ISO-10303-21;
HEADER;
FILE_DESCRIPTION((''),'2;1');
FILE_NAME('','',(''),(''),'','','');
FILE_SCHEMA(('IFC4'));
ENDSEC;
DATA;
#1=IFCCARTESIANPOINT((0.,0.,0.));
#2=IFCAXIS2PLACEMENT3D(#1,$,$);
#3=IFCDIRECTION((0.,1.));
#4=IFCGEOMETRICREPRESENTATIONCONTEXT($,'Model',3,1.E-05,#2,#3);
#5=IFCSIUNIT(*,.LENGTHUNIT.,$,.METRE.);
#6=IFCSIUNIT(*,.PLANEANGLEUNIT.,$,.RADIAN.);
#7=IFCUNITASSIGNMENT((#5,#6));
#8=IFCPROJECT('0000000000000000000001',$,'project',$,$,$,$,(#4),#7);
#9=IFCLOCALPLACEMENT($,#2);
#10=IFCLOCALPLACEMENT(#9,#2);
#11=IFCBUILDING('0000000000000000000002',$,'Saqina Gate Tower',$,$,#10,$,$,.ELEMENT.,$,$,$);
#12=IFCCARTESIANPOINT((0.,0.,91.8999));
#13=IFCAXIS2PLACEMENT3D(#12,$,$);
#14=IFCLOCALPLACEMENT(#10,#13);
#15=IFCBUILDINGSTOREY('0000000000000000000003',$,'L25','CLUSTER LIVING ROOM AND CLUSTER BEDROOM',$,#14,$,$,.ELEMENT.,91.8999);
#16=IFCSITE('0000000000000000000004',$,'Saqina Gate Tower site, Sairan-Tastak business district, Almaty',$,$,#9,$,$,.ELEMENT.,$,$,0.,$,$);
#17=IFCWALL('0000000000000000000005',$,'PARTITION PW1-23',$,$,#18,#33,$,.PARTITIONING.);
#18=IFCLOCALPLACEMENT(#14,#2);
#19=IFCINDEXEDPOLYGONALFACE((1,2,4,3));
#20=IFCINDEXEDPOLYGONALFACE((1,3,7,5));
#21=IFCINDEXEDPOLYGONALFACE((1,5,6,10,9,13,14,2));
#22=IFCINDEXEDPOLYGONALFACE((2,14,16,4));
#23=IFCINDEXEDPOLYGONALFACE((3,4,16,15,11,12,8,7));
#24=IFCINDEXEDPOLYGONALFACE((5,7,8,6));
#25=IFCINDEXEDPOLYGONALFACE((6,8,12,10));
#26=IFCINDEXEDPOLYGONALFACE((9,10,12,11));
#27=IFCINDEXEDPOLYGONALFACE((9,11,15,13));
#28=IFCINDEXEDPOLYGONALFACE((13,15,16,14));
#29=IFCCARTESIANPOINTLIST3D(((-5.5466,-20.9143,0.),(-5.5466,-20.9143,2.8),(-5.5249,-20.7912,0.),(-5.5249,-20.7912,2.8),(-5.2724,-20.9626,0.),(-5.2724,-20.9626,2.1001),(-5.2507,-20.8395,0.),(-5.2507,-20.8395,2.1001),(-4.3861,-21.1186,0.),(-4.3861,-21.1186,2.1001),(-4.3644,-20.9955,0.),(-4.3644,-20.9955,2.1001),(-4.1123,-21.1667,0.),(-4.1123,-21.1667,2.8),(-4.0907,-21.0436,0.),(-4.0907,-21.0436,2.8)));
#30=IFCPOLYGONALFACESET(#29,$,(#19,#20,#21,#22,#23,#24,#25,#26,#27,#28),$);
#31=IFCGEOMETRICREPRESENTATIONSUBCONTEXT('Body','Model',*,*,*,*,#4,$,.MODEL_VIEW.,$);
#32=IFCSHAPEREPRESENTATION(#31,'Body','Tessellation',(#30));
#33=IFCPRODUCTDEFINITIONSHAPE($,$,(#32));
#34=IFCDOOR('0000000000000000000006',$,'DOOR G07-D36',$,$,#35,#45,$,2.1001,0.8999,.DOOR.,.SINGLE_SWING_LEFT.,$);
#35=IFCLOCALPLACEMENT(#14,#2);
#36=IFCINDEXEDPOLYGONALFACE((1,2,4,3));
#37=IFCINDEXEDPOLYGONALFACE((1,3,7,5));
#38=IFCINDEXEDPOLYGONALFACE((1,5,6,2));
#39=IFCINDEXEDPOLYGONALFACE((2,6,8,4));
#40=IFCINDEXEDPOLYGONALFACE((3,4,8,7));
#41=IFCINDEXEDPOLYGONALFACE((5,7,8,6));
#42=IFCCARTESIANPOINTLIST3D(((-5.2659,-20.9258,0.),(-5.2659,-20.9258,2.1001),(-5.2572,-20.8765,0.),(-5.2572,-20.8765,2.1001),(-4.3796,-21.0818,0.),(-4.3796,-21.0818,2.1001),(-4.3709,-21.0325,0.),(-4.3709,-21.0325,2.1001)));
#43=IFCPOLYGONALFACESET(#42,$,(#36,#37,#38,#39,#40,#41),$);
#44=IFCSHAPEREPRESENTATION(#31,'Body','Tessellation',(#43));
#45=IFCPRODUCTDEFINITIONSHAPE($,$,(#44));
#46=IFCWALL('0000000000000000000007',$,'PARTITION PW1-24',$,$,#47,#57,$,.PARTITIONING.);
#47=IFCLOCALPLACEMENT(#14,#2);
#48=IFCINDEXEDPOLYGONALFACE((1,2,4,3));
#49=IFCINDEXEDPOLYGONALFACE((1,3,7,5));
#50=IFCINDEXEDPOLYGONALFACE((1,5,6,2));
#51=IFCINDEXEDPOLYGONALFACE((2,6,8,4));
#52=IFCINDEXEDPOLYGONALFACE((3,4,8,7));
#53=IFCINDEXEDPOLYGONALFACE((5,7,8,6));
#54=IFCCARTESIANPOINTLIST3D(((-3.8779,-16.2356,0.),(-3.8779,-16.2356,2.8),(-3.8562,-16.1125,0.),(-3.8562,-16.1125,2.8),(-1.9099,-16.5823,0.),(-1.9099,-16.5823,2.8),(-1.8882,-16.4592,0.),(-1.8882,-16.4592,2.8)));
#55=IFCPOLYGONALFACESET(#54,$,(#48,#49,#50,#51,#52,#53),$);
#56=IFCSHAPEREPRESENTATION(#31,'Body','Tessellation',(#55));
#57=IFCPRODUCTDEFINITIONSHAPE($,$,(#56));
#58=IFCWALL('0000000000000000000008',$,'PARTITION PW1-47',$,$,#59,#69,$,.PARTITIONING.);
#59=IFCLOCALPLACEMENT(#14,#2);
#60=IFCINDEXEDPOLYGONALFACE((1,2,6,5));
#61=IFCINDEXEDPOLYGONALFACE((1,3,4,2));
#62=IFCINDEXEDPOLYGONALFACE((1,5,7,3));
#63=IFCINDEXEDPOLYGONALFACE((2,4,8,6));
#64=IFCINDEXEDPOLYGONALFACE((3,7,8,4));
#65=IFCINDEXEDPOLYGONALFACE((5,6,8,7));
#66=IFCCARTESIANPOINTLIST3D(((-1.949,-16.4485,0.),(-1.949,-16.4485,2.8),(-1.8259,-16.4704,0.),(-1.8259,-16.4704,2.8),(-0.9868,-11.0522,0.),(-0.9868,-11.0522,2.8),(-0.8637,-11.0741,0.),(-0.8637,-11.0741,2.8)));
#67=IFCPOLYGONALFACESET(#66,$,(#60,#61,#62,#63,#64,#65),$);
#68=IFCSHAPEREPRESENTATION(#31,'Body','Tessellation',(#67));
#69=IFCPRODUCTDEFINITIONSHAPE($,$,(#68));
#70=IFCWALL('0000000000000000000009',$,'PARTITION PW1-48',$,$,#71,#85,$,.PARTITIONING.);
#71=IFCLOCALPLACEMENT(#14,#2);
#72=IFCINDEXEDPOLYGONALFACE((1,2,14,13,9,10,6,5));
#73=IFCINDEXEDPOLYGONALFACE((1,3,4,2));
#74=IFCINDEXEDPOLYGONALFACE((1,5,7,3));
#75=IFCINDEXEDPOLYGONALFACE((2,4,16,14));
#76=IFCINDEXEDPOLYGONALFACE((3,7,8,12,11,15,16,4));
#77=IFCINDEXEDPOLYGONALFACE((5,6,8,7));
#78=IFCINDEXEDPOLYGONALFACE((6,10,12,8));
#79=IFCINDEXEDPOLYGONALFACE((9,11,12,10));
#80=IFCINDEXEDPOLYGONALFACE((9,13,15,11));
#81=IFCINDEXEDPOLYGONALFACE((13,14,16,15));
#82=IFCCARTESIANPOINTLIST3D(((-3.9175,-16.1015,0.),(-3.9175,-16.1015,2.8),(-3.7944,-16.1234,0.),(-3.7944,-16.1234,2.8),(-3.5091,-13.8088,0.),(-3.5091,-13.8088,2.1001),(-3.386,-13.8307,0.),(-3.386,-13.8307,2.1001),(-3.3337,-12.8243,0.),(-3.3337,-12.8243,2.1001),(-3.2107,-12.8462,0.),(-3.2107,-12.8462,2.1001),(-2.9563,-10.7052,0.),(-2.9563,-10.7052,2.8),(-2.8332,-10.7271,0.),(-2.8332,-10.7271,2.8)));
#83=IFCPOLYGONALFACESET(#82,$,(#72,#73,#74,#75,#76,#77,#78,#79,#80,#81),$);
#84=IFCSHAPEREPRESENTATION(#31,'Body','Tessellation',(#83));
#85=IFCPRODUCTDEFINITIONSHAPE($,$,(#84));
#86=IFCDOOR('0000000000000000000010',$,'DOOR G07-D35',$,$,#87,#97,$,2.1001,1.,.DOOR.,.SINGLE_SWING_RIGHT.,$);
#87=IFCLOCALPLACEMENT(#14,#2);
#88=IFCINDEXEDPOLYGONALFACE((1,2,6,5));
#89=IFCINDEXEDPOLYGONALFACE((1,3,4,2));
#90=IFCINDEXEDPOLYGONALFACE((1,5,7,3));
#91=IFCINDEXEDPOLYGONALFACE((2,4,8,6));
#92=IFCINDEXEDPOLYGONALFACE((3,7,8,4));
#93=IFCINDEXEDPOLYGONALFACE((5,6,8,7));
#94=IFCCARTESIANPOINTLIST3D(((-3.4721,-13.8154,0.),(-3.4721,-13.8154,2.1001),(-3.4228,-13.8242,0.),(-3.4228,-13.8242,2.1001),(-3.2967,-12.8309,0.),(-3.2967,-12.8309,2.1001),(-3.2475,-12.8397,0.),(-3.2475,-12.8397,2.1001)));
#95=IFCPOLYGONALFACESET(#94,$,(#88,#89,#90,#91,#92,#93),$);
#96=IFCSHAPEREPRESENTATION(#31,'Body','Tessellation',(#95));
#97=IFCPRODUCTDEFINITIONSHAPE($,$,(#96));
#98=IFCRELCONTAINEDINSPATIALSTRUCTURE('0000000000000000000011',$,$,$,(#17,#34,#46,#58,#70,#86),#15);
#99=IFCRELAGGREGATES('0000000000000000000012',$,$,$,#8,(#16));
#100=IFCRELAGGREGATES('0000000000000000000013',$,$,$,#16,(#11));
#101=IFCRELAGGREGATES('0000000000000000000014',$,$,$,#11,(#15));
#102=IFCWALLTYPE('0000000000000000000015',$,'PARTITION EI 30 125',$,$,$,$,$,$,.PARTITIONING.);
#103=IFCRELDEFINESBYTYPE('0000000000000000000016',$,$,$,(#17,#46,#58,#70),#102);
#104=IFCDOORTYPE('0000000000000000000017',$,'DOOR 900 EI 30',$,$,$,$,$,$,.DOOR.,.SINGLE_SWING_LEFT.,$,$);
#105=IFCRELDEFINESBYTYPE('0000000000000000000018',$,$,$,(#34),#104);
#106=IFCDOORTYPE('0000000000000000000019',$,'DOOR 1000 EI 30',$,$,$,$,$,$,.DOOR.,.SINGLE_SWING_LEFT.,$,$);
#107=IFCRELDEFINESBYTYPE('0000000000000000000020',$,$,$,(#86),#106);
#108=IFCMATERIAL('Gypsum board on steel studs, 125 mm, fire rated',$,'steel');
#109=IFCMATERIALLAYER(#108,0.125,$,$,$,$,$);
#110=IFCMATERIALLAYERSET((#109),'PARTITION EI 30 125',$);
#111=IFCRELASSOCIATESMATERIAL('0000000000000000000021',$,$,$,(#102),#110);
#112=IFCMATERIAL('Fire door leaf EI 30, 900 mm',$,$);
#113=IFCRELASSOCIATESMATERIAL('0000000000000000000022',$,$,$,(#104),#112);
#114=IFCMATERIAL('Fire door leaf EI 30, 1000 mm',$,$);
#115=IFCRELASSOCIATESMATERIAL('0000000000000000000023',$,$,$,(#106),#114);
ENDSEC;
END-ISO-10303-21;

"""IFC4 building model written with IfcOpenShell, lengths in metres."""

from ifc_helpers import new_model, si_unit, direction, frame, frame_2d, origin, place, context, subcontext, project, spatial, rectangle, extrude, material, layer, layer_set, type_object, element, fill, save


model = new_model("IFC4")

# Units and contexts
model_context = context("Model", 3, precision=1e-05, world=origin(), true_north=direction((0.0, 1.0)))
body_context = subcontext(model_context, "Body", "Model", "MODEL_VIEW")
ifc_project = project(units=[si_unit("LENGTHUNIT", "METRE"), si_unit("PLANEANGLEUNIT", "RADIAN")], contexts=[model_context])

# Site, building, storey
site_placement = place(None, origin())
site = spatial("IfcSite", under=ifc_project, at=site_placement, Name="Saqina Gate Tower site, Sairan-Tastak business district, Almaty", CompositionType="ELEMENT", RefElevation=0.0)
building_placement = place(site_placement, origin())
building = spatial("IfcBuilding", under=site, at=building_placement, Name="Saqina Gate Tower", CompositionType="ELEMENT")
storey_placement = place(building_placement, frame((0.0, 0.0, 91.8999)))
storey = spatial("IfcBuildingStorey", under=building, at=storey_placement, Name="L25", Description="CLUSTER LIVING ROOM AND CLUSTER BEDROOM", CompositionType="ELEMENT", Elevation=91.8999)

# Wall, opening, door
ifc_material_1 = material(Name="Gypsum board on steel studs, 125 mm, fire rated", Category="steel")
ifc_layer_1 = layer(ifc_material_1, 0.125)
ifc_layer_set_1 = layer_set([ifc_layer_1], Name="PARTITION EI 30 125")
wall_type_1 = type_object("IfcWallType", Name="PARTITION EI 30 125", PredefinedType="PARTITIONING", material=ifc_layer_set_1)
wall_1_placement = place(storey_placement, frame((-5.5356, -20.8528, 0.0), z_axis=(0.0, 0.0, 1.0), x_axis=(0.984863, -0.173336, 0.0)))
wall_1 = element("IfcWall", 1, at=wall_1_placement, inside=storey, type_object=wall_type_1, Name="PARTITION PW1-23", PredefinedType="PARTITIONING", context=body_context, shape_type="SweptSolid", body=[
    extrude(rectangle(XDim=1.4563, YDim=0.125, at=frame_2d((0.728, 0.0))), origin(), (0.0, 0.0, 1.0), 2.8),
])
opening_1_placement = place(wall_1_placement, frame((0.2783, 0.0, 0.0)))
opening_1 = element("IfcOpeningElement", 2, at=opening_1_placement, cuts=wall_1, PredefinedType="OPENING", context=body_context, shape_type="SweptSolid", body=[
    extrude(rectangle(XDim=0.8999, YDim=2.1001, at=frame_2d((0.45, 1.05))), frame((0.0, 0.0745, 0.0), z_axis=(0.0, -1.0, 0.0), x_axis=(1.0, 0.0, 0.0)), (0.0, 0.0, 1.0), 0.1489),
])
ifc_material_2 = material(Name="Fire door leaf EI 30, 900 mm")
door_type_1 = type_object("IfcDoorType", Name="DOOR 900 EI 30", OperationType="SINGLE_SWING_LEFT", PredefinedType="DOOR", material=ifc_material_2)
door_1_placement = place(opening_1_placement, origin())
door_1 = element("IfcDoor", 3, at=door_1_placement, inside=storey, type_object=door_type_1, Name="DOOR G07-D36", OperationType="SINGLE_SWING_LEFT", OverallHeight=2.1001, OverallWidth=0.8999, PredefinedType="DOOR", context=body_context, shape_type="SweptSolid", body=[
    extrude(rectangle(XDim=0.8999, YDim=2.1001, at=frame_2d((0.45, 1.05))), frame((0.0, 0.0249, 0.0), z_axis=(0.0, -1.0, 0.0), x_axis=(1.0, 0.0, 0.0)), (0.0, 0.0, 1.0), 0.05),
])
fill(opening_1, door_1)

# Walls
wall_2_placement = place(storey_placement, frame((-3.8669, -16.1741, 0.0), z_axis=(0.0, 0.0, 1.0), x_axis=(0.984836, -0.173486, 0.0)))
element("IfcWall", 4, at=wall_2_placement, inside=storey, type_object=wall_type_1, Name="PARTITION PW1-24", PredefinedType="PARTITIONING", context=body_context, shape_type="SweptSolid", body=[
    extrude(rectangle(XDim=1.9983, YDim=0.125, at=frame_2d((0.999, 0.0))), origin(), (0.0, 0.0, 1.0), 2.8),
])
wall_3_placement = place(storey_placement, frame((-1.8875, -16.4595, 0.0), z_axis=(0.0, 0.0, 1.0), x_axis=(0.175533, 0.984474, 0.0)))
element("IfcWall", 5, at=wall_3_placement, inside=storey, type_object=wall_type_1, Name="PARTITION PW1-47", PredefinedType="PARTITIONING", context=body_context, shape_type="SweptSolid", body=[
    extrude(rectangle(XDim=5.4814, YDim=0.125, at=frame_2d((2.7407, 0.0))), origin(), (0.0, 0.0, 1.0), 2.8),
])

# Wall, opening, door
wall_4_placement = place(storey_placement, frame((-3.856, -16.1125, 0.0), z_axis=(0.0, 0.0, 1.0), x_axis=(0.175361, 0.984504, 0.0)))
wall_4 = element("IfcWall", 6, at=wall_4_placement, inside=storey, type_object=wall_type_1, Name="PARTITION PW1-48", PredefinedType="PARTITIONING", context=body_context, shape_type="SweptSolid", body=[
    extrude(rectangle(XDim=5.4812, YDim=0.125, at=frame_2d((2.7407, 0.0))), origin(), (0.0, 0.0, 1.0), 2.8),
])
opening_2_placement = place(wall_4_placement, frame((2.3289, 0.0, 0.0)))
opening_2 = element("IfcOpeningElement", 7, at=opening_2_placement, cuts=wall_4, PredefinedType="OPENING", context=body_context, shape_type="SweptSolid", body=[
    extrude(rectangle(XDim=1.0, YDim=2.1001, at=frame_2d((0.5, 1.05))), frame((0.0, 0.0745, 0.0), z_axis=(0.0, -1.0, 0.0), x_axis=(1.0, 0.0, 0.0)), (0.0, 0.0, 1.0), 0.1489),
])
ifc_material_3 = material(Name="Fire door leaf EI 30, 1000 mm")
door_type_2 = type_object("IfcDoorType", Name="DOOR 1000 EI 30", OperationType="SINGLE_SWING_LEFT", PredefinedType="DOOR", material=ifc_material_3)
door_2_placement = place(opening_2_placement, origin())
door_2 = element("IfcDoor", 8, at=door_2_placement, inside=storey, type_object=door_type_2, Name="DOOR G07-D35", OperationType="SINGLE_SWING_RIGHT", OverallHeight=2.1001, OverallWidth=1.0, PredefinedType="DOOR", context=body_context, shape_type="SweptSolid", body=[
    extrude(rectangle(XDim=1.0, YDim=2.1001, at=frame_2d((0.5, 1.05))), frame((0.0, 0.0249, 0.0), z_axis=(0.0, -1.0, 0.0), x_axis=(1.0, 0.0, 0.0)), (0.0, 0.0, 1.0), 0.05),
])
fill(opening_2, door_2)

save(model, "model.ifc")
